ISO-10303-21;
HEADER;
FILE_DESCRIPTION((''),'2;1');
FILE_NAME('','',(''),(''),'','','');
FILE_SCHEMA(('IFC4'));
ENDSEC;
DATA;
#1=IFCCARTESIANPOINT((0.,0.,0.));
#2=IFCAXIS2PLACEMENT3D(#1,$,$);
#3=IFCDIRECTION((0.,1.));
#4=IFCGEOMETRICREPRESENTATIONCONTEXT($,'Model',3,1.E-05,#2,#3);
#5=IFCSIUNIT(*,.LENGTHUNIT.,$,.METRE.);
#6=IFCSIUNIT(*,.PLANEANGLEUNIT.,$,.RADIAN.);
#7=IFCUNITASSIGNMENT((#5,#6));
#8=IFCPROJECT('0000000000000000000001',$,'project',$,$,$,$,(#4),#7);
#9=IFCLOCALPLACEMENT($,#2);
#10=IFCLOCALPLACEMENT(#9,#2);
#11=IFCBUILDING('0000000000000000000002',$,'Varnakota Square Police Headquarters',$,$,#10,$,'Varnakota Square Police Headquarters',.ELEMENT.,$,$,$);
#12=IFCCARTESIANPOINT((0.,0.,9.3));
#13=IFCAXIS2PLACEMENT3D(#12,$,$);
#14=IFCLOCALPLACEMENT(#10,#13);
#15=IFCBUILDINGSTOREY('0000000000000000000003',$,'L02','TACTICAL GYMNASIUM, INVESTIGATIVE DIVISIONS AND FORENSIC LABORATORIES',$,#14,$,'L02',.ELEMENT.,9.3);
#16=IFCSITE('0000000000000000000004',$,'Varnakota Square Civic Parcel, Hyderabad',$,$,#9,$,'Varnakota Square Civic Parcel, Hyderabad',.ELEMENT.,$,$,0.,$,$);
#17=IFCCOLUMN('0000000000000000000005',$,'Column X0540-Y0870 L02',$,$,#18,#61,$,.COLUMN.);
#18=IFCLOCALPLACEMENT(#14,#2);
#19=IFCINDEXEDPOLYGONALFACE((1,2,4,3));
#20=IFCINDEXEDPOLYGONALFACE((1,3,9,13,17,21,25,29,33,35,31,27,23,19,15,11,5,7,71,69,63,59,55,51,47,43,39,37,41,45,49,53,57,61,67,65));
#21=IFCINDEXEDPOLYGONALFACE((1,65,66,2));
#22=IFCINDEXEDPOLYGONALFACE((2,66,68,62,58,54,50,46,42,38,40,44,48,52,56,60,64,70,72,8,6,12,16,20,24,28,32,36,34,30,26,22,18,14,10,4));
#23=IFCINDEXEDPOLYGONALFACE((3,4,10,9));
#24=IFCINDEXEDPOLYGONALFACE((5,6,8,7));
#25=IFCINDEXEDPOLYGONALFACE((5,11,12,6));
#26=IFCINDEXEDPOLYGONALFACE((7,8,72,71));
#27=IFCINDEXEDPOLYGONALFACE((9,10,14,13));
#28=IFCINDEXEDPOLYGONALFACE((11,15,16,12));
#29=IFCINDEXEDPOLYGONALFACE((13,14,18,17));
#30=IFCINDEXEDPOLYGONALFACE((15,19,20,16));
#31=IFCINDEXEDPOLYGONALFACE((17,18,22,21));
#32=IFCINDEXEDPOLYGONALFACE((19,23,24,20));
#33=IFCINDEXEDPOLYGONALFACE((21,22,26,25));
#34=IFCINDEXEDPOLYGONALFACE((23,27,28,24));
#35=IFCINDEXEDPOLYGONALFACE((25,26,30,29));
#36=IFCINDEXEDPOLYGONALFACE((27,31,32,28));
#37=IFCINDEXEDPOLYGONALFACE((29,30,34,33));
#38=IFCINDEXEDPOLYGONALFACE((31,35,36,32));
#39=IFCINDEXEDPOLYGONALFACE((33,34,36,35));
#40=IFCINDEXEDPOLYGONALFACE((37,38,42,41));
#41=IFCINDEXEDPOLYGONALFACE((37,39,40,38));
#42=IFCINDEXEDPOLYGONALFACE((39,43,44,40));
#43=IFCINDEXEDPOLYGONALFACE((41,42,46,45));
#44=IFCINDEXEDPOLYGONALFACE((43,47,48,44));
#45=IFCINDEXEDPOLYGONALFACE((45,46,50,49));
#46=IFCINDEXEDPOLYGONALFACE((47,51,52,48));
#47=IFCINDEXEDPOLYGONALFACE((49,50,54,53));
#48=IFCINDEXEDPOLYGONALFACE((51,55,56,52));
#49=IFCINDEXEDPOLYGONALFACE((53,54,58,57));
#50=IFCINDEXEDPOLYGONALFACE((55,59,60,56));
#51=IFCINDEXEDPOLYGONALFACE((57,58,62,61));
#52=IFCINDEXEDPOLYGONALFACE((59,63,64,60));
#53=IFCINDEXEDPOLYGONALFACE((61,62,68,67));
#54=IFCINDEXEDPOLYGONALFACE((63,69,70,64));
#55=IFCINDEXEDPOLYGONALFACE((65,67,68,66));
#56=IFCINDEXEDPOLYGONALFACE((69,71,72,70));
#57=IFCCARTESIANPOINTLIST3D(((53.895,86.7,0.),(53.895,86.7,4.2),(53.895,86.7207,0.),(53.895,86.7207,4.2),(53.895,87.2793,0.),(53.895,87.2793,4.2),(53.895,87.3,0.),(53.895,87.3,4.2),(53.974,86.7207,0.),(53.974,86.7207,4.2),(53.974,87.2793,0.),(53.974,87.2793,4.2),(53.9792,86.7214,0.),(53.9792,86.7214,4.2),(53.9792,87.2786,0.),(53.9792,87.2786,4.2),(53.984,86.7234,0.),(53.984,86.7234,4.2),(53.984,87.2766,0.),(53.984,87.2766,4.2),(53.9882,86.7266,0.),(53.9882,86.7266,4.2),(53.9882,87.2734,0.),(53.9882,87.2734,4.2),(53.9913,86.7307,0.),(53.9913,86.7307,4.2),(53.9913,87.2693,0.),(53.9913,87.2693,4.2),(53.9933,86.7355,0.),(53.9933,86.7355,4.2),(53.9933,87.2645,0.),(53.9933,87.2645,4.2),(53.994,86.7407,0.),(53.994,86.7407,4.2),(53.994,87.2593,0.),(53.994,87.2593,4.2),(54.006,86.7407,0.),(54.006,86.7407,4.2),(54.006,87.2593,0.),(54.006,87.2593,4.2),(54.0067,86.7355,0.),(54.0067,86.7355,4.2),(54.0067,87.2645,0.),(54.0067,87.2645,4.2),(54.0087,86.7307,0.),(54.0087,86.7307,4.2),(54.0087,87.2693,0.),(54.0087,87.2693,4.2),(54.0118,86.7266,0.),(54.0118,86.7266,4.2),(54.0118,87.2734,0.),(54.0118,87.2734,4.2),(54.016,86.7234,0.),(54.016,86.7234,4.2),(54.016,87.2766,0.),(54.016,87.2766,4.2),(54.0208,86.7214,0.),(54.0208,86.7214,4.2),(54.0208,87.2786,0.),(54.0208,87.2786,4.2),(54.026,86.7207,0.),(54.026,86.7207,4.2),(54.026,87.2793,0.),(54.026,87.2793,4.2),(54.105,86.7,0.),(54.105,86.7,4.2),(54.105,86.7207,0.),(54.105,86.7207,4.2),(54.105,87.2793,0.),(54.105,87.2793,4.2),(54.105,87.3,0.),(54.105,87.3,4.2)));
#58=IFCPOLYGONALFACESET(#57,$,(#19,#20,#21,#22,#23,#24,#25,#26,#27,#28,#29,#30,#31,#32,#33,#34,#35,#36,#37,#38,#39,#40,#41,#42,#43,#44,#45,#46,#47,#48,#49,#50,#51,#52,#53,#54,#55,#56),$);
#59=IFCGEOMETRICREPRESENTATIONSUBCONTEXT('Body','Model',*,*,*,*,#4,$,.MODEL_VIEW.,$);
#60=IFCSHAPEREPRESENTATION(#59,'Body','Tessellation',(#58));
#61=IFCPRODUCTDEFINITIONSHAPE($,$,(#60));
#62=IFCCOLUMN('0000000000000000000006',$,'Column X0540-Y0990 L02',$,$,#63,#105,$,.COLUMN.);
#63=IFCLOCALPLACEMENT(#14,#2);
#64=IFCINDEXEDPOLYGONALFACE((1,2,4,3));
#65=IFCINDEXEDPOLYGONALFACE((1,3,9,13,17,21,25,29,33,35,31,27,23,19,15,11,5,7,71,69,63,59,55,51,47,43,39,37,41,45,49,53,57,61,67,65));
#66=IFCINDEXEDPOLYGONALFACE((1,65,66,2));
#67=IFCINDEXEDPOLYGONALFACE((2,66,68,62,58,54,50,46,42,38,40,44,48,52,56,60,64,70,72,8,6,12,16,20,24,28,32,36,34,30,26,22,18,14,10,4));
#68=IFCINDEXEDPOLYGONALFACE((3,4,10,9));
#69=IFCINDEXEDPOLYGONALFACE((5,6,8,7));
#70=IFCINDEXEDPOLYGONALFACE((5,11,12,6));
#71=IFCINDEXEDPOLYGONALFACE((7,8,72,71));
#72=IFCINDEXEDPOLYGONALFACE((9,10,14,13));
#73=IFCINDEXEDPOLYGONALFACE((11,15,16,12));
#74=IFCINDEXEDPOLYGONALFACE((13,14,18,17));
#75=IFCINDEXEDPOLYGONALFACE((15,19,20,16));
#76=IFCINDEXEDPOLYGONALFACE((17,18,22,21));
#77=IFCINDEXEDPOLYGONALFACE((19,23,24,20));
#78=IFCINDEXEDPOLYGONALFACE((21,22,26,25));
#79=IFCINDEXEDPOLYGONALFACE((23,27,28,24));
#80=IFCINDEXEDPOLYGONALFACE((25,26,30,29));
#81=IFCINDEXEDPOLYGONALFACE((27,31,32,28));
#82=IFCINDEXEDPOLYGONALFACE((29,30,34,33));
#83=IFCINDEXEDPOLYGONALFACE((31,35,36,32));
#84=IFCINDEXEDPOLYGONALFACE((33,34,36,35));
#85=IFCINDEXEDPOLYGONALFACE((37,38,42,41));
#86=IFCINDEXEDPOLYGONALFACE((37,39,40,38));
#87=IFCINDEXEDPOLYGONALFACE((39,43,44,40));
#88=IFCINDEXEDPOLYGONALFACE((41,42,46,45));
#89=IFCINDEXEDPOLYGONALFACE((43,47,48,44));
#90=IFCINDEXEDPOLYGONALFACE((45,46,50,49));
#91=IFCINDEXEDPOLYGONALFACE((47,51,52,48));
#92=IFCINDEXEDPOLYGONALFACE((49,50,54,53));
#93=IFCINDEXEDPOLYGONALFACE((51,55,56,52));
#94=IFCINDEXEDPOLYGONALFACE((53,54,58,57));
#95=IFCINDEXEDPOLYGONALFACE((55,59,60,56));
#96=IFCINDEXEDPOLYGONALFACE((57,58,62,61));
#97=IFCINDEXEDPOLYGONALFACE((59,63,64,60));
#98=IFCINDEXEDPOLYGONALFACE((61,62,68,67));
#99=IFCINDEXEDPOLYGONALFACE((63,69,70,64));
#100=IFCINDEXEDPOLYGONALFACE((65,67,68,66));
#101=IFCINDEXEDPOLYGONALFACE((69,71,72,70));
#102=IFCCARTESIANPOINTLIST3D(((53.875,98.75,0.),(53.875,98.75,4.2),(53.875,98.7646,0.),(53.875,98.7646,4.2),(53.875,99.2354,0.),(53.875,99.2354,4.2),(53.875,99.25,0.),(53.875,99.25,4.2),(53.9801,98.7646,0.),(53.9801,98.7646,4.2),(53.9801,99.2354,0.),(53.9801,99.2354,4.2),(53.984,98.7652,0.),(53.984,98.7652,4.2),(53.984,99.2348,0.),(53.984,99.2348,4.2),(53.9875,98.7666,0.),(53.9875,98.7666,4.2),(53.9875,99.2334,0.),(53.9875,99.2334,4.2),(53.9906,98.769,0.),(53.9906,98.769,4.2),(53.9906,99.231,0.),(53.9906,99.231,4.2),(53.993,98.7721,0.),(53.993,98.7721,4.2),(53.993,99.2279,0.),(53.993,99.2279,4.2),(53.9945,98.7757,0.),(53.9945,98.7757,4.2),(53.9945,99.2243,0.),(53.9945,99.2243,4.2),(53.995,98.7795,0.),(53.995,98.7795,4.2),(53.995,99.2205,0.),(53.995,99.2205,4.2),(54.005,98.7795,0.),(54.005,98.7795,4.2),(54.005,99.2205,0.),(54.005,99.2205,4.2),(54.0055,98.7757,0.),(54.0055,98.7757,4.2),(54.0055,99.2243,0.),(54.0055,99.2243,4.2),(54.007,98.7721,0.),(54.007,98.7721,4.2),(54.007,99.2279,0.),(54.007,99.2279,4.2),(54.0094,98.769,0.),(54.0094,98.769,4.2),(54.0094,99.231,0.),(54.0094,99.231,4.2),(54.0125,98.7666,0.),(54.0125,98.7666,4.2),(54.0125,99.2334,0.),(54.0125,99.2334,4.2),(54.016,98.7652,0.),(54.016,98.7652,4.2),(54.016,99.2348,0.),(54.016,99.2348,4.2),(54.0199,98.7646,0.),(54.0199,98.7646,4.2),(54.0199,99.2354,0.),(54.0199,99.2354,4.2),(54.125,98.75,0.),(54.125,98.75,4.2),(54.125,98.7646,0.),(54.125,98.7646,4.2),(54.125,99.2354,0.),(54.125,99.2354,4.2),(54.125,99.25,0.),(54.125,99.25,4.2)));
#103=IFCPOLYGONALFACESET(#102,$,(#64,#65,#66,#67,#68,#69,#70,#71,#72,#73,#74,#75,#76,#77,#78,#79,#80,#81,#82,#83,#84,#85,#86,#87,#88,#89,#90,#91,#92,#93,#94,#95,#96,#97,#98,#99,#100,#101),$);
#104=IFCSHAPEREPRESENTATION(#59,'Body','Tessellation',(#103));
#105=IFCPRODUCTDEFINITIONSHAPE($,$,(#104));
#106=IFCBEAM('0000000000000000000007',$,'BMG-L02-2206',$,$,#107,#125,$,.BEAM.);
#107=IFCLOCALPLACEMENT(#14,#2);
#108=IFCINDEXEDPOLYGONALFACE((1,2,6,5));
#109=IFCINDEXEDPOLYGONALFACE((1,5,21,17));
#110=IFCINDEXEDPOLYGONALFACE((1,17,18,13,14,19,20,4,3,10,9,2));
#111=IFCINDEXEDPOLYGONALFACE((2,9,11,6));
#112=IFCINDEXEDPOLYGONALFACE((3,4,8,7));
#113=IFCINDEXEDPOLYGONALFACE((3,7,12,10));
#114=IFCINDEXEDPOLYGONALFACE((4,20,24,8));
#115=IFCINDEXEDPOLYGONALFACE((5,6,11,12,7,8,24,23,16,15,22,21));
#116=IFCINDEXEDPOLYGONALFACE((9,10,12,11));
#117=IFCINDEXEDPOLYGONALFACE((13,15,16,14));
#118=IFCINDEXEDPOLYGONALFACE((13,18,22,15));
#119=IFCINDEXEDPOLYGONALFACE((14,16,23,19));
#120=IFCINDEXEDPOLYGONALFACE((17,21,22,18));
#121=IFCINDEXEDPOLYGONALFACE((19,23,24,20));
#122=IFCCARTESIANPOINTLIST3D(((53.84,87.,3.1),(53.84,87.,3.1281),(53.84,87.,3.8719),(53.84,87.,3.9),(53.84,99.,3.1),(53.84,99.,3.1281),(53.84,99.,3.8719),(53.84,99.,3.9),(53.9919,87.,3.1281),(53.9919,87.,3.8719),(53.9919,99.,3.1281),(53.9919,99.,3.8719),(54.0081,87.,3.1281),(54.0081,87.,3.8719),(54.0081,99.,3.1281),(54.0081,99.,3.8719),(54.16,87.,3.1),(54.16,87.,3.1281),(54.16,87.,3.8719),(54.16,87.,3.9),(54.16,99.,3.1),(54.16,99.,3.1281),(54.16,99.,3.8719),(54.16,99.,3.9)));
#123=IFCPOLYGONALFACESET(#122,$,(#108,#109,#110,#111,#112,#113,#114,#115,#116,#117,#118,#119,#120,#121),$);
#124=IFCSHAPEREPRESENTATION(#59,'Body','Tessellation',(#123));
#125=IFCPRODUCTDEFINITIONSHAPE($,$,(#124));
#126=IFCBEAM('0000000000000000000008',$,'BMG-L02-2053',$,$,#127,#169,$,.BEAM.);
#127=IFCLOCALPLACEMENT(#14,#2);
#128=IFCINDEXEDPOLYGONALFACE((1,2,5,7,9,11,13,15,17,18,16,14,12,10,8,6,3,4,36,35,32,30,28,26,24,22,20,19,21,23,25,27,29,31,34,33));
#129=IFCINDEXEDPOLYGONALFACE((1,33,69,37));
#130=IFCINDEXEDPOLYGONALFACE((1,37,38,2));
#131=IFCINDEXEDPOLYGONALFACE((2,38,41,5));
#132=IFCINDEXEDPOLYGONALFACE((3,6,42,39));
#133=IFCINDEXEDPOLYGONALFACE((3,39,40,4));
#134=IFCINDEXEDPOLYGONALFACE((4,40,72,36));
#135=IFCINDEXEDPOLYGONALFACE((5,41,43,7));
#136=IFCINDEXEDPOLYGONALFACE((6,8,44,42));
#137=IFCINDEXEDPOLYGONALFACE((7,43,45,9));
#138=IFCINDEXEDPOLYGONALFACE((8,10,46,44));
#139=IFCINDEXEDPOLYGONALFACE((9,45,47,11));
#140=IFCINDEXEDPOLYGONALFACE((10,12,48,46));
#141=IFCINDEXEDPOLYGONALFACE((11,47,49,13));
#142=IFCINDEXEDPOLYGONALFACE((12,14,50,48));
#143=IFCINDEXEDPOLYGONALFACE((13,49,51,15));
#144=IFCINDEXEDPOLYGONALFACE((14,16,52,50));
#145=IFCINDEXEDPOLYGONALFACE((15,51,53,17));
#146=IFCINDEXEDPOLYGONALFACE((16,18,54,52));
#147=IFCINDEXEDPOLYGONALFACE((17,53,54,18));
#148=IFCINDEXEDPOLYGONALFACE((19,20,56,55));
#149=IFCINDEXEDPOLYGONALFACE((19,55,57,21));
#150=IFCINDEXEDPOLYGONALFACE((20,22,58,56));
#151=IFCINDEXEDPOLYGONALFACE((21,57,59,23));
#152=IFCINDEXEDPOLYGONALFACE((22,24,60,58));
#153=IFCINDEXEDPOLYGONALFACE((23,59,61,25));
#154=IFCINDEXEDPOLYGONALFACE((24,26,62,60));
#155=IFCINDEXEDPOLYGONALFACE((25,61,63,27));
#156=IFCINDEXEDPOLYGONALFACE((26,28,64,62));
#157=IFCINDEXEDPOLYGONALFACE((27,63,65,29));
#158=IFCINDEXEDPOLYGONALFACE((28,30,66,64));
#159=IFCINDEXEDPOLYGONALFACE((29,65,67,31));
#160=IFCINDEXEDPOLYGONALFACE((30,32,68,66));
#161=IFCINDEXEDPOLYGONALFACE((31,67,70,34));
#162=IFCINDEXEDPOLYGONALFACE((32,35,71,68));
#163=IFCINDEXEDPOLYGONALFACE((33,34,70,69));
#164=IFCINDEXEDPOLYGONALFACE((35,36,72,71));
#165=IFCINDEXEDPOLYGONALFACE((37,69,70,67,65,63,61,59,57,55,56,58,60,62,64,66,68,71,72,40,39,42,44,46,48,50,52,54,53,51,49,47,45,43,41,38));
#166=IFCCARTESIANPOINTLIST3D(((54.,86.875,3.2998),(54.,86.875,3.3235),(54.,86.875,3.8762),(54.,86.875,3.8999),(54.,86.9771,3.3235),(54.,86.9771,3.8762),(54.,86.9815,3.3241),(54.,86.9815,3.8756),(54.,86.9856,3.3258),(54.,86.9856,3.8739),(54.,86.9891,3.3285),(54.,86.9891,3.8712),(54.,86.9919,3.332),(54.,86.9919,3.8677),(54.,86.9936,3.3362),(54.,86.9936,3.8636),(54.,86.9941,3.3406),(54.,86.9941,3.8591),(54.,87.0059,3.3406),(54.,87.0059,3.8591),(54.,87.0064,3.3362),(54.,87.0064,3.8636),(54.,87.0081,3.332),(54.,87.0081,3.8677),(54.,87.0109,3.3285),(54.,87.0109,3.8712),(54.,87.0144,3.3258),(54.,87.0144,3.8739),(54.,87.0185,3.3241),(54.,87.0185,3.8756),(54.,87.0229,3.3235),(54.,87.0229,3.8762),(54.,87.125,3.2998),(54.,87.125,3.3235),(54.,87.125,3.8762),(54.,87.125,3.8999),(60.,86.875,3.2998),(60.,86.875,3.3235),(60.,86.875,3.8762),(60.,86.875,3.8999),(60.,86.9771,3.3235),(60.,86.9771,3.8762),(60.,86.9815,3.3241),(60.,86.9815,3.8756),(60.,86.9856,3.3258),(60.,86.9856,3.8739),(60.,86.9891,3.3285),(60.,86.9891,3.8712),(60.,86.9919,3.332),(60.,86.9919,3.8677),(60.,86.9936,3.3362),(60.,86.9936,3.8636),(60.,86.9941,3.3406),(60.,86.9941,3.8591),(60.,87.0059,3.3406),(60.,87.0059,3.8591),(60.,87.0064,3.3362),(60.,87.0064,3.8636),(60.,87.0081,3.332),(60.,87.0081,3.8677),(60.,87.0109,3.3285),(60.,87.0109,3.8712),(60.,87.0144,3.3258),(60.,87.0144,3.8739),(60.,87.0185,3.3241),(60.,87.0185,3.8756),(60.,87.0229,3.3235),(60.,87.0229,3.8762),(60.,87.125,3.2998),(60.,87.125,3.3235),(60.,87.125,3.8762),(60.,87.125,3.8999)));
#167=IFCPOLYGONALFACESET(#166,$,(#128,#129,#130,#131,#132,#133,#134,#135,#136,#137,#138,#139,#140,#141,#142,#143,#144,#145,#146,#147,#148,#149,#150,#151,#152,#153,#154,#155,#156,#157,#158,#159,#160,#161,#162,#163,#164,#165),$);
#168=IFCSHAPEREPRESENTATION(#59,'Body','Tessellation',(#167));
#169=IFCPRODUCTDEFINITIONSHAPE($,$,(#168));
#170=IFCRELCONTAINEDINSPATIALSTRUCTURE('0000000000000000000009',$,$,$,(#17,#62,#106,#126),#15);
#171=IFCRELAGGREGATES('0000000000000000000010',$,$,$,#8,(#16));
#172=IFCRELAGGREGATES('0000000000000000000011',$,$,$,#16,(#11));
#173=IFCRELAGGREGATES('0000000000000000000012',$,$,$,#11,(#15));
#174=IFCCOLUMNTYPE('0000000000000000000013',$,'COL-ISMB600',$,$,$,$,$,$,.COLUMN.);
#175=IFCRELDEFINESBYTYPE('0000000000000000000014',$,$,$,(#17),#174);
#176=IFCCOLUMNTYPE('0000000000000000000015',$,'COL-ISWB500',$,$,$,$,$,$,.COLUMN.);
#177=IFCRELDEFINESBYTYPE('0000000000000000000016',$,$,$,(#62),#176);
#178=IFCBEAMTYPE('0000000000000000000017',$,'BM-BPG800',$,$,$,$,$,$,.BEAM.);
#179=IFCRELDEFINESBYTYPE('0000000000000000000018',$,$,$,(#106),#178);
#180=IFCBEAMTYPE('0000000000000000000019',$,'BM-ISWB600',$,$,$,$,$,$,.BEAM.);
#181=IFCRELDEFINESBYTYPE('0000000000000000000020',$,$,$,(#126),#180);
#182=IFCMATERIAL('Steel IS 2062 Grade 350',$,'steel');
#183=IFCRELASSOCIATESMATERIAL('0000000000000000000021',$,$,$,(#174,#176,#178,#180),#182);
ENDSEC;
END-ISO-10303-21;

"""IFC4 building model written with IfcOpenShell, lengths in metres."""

from ifc_helpers import new_model, si_unit, direction, frame, origin, origin_2d, place, context, subcontext, project, spatial, i_section, extrude, material, material_profile, profile_set, type_object, element, save


model = new_model("IFC4")

# Units and contexts
model_context = context("Model", 3, precision=1e-05, world=origin(), true_north=direction((0.0, 1.0)))
body_context = subcontext(model_context, "Body", "Model", "MODEL_VIEW")
ifc_project = project(units=[si_unit("LENGTHUNIT", "METRE"), si_unit("PLANEANGLEUNIT", "RADIAN")], contexts=[model_context])

# Site, building, storey
site_placement = place(None, origin())
site = spatial("IfcSite", under=ifc_project, at=site_placement, Name="Varnakota Square Civic Parcel, Hyderabad", LongName="Varnakota Square Civic Parcel, Hyderabad", CompositionType="ELEMENT", RefElevation=0.0)
building_placement = place(site_placement, origin())
building = spatial("IfcBuilding", under=site, at=building_placement, Name="Varnakota Square Police Headquarters", LongName="Varnakota Square Police Headquarters", CompositionType="ELEMENT")
storey_placement = place(building_placement, frame((0.0, 0.0, 9.3)))
storey = spatial("IfcBuildingStorey", under=building, at=storey_placement, Name="L02", Description="TACTICAL GYMNASIUM, INVESTIGATIVE DIVISIONS AND FORENSIC LABORATORIES", LongName="L02", CompositionType="ELEMENT", Elevation=9.3)

# Columns
ifc_material_1 = material(Name="Steel IS 2062 Grade 350", Category="steel")
ifc_material_profile_1 = material_profile(ifc_material_1, i_section(OverallWidth=0.21, OverallDepth=0.6001, WebThickness=0.012, FlangeThickness=0.0208, FilletRadius=0.02, at=origin_2d()), Name="ISMB 600")
ifc_profile_set_1 = profile_set([ifc_material_profile_1], Name="Steel IS 2062 Grade 350")
column_type_1 = type_object("IfcColumnType", Name="COL-ISMB600", PredefinedType="COLUMN", material=ifc_profile_set_1)
column_1_placement = place(storey_placement, frame((54.0, 87.0, 0.0), z_axis=(0.0, 0.0, 1.0), x_axis=(1.0, 0.0, 0.0)))
element("IfcColumn", 1, at=column_1_placement, inside=storey, type_object=column_type_1, Name="Column X0540-Y0870 L02", PredefinedType="COLUMN", context=body_context, shape_type="SweptSolid", body=[
    extrude(i_section(OverallWidth=0.21, OverallDepth=0.6001, WebThickness=0.012, FlangeThickness=0.0208, FilletRadius=0.02, at=origin_2d()), origin(), (0.0, 0.0, 1.0), 4.2),
])
ifc_material_profile_2 = material_profile(ifc_material_1, i_section(OverallWidth=0.25, OverallDepth=0.5, WebThickness=0.01, FlangeThickness=0.0146, FilletRadius=0.0149, at=origin_2d()), Name="ISWB 500")
ifc_profile_set_2 = profile_set([ifc_material_profile_2], Name="Steel IS 2062 Grade 350")
column_type_2 = type_object("IfcColumnType", Name="COL-ISWB500", PredefinedType="COLUMN", material=ifc_profile_set_2)
column_2_placement = place(storey_placement, frame((54.0, 99.0, 0.0), z_axis=(0.0, 0.0, 1.0), x_axis=(1.0, 0.0, 0.0)))
element("IfcColumn", 2, at=column_2_placement, inside=storey, type_object=column_type_2, Name="Column X0540-Y0990 L02", PredefinedType="COLUMN", context=body_context, shape_type="SweptSolid", body=[
    extrude(i_section(OverallWidth=0.25, OverallDepth=0.5, WebThickness=0.01, FlangeThickness=0.0146, FilletRadius=0.0149, at=origin_2d()), origin(), (0.0, 0.0, 1.0), 4.2),
])

# Beams
ifc_material_profile_3 = material_profile(ifc_material_1, i_section(OverallWidth=0.3201, OverallDepth=0.8, WebThickness=0.0161, FlangeThickness=0.0281, at=origin_2d()), Name="BPG 800x320")
ifc_profile_set_3 = profile_set([ifc_material_profile_3], Name="Steel IS 2062 Grade 350")
beam_type_1 = type_object("IfcBeamType", Name="BM-BPG800", PredefinedType="BEAM", material=ifc_profile_set_3)
beam_1_placement = place(storey_placement, frame((54.0, 87.0, 3.5), z_axis=(0.0, 1.0, 0.0), x_axis=(-1.0, 0.0, 0.0)))
element("IfcBeam", 3, at=beam_1_placement, inside=storey, type_object=beam_type_1, Name="BMG-L02-2206", PredefinedType="BEAM", context=body_context, shape_type="SweptSolid", body=[
    extrude(i_section(OverallWidth=0.3201, OverallDepth=0.8, WebThickness=0.0161, FlangeThickness=0.0281, at=origin_2d()), origin(), (0.0, 0.0, 1.0), 12.0),
])
ifc_material_profile_4 = material_profile(ifc_material_1, i_section(OverallWidth=0.25, OverallDepth=0.6001, WebThickness=0.0117, FlangeThickness=0.0237, FilletRadius=0.0171, at=origin_2d()), Name="ISWB 600")
ifc_profile_set_4 = profile_set([ifc_material_profile_4], Name="Steel IS 2062 Grade 350")
beam_type_2 = type_object("IfcBeamType", Name="BM-ISWB600", PredefinedType="BEAM", material=ifc_profile_set_4)
beam_2_placement = place(storey_placement, frame((54.0, 87.0, 3.5999), z_axis=(1.0, 0.0, 0.0), x_axis=(0.0, 1.0, 0.0)))
element("IfcBeam", 4, at=beam_2_placement, inside=storey, type_object=beam_type_2, Name="BMG-L02-2053", PredefinedType="BEAM", context=body_context, shape_type="SweptSolid", body=[
    extrude(i_section(OverallWidth=0.25, OverallDepth=0.6001, WebThickness=0.0117, FlangeThickness=0.0237, FilletRadius=0.0171, at=origin_2d()), origin(), (0.0, 0.0, 1.0), 6.0),
])

save(model, "model.ifc")
